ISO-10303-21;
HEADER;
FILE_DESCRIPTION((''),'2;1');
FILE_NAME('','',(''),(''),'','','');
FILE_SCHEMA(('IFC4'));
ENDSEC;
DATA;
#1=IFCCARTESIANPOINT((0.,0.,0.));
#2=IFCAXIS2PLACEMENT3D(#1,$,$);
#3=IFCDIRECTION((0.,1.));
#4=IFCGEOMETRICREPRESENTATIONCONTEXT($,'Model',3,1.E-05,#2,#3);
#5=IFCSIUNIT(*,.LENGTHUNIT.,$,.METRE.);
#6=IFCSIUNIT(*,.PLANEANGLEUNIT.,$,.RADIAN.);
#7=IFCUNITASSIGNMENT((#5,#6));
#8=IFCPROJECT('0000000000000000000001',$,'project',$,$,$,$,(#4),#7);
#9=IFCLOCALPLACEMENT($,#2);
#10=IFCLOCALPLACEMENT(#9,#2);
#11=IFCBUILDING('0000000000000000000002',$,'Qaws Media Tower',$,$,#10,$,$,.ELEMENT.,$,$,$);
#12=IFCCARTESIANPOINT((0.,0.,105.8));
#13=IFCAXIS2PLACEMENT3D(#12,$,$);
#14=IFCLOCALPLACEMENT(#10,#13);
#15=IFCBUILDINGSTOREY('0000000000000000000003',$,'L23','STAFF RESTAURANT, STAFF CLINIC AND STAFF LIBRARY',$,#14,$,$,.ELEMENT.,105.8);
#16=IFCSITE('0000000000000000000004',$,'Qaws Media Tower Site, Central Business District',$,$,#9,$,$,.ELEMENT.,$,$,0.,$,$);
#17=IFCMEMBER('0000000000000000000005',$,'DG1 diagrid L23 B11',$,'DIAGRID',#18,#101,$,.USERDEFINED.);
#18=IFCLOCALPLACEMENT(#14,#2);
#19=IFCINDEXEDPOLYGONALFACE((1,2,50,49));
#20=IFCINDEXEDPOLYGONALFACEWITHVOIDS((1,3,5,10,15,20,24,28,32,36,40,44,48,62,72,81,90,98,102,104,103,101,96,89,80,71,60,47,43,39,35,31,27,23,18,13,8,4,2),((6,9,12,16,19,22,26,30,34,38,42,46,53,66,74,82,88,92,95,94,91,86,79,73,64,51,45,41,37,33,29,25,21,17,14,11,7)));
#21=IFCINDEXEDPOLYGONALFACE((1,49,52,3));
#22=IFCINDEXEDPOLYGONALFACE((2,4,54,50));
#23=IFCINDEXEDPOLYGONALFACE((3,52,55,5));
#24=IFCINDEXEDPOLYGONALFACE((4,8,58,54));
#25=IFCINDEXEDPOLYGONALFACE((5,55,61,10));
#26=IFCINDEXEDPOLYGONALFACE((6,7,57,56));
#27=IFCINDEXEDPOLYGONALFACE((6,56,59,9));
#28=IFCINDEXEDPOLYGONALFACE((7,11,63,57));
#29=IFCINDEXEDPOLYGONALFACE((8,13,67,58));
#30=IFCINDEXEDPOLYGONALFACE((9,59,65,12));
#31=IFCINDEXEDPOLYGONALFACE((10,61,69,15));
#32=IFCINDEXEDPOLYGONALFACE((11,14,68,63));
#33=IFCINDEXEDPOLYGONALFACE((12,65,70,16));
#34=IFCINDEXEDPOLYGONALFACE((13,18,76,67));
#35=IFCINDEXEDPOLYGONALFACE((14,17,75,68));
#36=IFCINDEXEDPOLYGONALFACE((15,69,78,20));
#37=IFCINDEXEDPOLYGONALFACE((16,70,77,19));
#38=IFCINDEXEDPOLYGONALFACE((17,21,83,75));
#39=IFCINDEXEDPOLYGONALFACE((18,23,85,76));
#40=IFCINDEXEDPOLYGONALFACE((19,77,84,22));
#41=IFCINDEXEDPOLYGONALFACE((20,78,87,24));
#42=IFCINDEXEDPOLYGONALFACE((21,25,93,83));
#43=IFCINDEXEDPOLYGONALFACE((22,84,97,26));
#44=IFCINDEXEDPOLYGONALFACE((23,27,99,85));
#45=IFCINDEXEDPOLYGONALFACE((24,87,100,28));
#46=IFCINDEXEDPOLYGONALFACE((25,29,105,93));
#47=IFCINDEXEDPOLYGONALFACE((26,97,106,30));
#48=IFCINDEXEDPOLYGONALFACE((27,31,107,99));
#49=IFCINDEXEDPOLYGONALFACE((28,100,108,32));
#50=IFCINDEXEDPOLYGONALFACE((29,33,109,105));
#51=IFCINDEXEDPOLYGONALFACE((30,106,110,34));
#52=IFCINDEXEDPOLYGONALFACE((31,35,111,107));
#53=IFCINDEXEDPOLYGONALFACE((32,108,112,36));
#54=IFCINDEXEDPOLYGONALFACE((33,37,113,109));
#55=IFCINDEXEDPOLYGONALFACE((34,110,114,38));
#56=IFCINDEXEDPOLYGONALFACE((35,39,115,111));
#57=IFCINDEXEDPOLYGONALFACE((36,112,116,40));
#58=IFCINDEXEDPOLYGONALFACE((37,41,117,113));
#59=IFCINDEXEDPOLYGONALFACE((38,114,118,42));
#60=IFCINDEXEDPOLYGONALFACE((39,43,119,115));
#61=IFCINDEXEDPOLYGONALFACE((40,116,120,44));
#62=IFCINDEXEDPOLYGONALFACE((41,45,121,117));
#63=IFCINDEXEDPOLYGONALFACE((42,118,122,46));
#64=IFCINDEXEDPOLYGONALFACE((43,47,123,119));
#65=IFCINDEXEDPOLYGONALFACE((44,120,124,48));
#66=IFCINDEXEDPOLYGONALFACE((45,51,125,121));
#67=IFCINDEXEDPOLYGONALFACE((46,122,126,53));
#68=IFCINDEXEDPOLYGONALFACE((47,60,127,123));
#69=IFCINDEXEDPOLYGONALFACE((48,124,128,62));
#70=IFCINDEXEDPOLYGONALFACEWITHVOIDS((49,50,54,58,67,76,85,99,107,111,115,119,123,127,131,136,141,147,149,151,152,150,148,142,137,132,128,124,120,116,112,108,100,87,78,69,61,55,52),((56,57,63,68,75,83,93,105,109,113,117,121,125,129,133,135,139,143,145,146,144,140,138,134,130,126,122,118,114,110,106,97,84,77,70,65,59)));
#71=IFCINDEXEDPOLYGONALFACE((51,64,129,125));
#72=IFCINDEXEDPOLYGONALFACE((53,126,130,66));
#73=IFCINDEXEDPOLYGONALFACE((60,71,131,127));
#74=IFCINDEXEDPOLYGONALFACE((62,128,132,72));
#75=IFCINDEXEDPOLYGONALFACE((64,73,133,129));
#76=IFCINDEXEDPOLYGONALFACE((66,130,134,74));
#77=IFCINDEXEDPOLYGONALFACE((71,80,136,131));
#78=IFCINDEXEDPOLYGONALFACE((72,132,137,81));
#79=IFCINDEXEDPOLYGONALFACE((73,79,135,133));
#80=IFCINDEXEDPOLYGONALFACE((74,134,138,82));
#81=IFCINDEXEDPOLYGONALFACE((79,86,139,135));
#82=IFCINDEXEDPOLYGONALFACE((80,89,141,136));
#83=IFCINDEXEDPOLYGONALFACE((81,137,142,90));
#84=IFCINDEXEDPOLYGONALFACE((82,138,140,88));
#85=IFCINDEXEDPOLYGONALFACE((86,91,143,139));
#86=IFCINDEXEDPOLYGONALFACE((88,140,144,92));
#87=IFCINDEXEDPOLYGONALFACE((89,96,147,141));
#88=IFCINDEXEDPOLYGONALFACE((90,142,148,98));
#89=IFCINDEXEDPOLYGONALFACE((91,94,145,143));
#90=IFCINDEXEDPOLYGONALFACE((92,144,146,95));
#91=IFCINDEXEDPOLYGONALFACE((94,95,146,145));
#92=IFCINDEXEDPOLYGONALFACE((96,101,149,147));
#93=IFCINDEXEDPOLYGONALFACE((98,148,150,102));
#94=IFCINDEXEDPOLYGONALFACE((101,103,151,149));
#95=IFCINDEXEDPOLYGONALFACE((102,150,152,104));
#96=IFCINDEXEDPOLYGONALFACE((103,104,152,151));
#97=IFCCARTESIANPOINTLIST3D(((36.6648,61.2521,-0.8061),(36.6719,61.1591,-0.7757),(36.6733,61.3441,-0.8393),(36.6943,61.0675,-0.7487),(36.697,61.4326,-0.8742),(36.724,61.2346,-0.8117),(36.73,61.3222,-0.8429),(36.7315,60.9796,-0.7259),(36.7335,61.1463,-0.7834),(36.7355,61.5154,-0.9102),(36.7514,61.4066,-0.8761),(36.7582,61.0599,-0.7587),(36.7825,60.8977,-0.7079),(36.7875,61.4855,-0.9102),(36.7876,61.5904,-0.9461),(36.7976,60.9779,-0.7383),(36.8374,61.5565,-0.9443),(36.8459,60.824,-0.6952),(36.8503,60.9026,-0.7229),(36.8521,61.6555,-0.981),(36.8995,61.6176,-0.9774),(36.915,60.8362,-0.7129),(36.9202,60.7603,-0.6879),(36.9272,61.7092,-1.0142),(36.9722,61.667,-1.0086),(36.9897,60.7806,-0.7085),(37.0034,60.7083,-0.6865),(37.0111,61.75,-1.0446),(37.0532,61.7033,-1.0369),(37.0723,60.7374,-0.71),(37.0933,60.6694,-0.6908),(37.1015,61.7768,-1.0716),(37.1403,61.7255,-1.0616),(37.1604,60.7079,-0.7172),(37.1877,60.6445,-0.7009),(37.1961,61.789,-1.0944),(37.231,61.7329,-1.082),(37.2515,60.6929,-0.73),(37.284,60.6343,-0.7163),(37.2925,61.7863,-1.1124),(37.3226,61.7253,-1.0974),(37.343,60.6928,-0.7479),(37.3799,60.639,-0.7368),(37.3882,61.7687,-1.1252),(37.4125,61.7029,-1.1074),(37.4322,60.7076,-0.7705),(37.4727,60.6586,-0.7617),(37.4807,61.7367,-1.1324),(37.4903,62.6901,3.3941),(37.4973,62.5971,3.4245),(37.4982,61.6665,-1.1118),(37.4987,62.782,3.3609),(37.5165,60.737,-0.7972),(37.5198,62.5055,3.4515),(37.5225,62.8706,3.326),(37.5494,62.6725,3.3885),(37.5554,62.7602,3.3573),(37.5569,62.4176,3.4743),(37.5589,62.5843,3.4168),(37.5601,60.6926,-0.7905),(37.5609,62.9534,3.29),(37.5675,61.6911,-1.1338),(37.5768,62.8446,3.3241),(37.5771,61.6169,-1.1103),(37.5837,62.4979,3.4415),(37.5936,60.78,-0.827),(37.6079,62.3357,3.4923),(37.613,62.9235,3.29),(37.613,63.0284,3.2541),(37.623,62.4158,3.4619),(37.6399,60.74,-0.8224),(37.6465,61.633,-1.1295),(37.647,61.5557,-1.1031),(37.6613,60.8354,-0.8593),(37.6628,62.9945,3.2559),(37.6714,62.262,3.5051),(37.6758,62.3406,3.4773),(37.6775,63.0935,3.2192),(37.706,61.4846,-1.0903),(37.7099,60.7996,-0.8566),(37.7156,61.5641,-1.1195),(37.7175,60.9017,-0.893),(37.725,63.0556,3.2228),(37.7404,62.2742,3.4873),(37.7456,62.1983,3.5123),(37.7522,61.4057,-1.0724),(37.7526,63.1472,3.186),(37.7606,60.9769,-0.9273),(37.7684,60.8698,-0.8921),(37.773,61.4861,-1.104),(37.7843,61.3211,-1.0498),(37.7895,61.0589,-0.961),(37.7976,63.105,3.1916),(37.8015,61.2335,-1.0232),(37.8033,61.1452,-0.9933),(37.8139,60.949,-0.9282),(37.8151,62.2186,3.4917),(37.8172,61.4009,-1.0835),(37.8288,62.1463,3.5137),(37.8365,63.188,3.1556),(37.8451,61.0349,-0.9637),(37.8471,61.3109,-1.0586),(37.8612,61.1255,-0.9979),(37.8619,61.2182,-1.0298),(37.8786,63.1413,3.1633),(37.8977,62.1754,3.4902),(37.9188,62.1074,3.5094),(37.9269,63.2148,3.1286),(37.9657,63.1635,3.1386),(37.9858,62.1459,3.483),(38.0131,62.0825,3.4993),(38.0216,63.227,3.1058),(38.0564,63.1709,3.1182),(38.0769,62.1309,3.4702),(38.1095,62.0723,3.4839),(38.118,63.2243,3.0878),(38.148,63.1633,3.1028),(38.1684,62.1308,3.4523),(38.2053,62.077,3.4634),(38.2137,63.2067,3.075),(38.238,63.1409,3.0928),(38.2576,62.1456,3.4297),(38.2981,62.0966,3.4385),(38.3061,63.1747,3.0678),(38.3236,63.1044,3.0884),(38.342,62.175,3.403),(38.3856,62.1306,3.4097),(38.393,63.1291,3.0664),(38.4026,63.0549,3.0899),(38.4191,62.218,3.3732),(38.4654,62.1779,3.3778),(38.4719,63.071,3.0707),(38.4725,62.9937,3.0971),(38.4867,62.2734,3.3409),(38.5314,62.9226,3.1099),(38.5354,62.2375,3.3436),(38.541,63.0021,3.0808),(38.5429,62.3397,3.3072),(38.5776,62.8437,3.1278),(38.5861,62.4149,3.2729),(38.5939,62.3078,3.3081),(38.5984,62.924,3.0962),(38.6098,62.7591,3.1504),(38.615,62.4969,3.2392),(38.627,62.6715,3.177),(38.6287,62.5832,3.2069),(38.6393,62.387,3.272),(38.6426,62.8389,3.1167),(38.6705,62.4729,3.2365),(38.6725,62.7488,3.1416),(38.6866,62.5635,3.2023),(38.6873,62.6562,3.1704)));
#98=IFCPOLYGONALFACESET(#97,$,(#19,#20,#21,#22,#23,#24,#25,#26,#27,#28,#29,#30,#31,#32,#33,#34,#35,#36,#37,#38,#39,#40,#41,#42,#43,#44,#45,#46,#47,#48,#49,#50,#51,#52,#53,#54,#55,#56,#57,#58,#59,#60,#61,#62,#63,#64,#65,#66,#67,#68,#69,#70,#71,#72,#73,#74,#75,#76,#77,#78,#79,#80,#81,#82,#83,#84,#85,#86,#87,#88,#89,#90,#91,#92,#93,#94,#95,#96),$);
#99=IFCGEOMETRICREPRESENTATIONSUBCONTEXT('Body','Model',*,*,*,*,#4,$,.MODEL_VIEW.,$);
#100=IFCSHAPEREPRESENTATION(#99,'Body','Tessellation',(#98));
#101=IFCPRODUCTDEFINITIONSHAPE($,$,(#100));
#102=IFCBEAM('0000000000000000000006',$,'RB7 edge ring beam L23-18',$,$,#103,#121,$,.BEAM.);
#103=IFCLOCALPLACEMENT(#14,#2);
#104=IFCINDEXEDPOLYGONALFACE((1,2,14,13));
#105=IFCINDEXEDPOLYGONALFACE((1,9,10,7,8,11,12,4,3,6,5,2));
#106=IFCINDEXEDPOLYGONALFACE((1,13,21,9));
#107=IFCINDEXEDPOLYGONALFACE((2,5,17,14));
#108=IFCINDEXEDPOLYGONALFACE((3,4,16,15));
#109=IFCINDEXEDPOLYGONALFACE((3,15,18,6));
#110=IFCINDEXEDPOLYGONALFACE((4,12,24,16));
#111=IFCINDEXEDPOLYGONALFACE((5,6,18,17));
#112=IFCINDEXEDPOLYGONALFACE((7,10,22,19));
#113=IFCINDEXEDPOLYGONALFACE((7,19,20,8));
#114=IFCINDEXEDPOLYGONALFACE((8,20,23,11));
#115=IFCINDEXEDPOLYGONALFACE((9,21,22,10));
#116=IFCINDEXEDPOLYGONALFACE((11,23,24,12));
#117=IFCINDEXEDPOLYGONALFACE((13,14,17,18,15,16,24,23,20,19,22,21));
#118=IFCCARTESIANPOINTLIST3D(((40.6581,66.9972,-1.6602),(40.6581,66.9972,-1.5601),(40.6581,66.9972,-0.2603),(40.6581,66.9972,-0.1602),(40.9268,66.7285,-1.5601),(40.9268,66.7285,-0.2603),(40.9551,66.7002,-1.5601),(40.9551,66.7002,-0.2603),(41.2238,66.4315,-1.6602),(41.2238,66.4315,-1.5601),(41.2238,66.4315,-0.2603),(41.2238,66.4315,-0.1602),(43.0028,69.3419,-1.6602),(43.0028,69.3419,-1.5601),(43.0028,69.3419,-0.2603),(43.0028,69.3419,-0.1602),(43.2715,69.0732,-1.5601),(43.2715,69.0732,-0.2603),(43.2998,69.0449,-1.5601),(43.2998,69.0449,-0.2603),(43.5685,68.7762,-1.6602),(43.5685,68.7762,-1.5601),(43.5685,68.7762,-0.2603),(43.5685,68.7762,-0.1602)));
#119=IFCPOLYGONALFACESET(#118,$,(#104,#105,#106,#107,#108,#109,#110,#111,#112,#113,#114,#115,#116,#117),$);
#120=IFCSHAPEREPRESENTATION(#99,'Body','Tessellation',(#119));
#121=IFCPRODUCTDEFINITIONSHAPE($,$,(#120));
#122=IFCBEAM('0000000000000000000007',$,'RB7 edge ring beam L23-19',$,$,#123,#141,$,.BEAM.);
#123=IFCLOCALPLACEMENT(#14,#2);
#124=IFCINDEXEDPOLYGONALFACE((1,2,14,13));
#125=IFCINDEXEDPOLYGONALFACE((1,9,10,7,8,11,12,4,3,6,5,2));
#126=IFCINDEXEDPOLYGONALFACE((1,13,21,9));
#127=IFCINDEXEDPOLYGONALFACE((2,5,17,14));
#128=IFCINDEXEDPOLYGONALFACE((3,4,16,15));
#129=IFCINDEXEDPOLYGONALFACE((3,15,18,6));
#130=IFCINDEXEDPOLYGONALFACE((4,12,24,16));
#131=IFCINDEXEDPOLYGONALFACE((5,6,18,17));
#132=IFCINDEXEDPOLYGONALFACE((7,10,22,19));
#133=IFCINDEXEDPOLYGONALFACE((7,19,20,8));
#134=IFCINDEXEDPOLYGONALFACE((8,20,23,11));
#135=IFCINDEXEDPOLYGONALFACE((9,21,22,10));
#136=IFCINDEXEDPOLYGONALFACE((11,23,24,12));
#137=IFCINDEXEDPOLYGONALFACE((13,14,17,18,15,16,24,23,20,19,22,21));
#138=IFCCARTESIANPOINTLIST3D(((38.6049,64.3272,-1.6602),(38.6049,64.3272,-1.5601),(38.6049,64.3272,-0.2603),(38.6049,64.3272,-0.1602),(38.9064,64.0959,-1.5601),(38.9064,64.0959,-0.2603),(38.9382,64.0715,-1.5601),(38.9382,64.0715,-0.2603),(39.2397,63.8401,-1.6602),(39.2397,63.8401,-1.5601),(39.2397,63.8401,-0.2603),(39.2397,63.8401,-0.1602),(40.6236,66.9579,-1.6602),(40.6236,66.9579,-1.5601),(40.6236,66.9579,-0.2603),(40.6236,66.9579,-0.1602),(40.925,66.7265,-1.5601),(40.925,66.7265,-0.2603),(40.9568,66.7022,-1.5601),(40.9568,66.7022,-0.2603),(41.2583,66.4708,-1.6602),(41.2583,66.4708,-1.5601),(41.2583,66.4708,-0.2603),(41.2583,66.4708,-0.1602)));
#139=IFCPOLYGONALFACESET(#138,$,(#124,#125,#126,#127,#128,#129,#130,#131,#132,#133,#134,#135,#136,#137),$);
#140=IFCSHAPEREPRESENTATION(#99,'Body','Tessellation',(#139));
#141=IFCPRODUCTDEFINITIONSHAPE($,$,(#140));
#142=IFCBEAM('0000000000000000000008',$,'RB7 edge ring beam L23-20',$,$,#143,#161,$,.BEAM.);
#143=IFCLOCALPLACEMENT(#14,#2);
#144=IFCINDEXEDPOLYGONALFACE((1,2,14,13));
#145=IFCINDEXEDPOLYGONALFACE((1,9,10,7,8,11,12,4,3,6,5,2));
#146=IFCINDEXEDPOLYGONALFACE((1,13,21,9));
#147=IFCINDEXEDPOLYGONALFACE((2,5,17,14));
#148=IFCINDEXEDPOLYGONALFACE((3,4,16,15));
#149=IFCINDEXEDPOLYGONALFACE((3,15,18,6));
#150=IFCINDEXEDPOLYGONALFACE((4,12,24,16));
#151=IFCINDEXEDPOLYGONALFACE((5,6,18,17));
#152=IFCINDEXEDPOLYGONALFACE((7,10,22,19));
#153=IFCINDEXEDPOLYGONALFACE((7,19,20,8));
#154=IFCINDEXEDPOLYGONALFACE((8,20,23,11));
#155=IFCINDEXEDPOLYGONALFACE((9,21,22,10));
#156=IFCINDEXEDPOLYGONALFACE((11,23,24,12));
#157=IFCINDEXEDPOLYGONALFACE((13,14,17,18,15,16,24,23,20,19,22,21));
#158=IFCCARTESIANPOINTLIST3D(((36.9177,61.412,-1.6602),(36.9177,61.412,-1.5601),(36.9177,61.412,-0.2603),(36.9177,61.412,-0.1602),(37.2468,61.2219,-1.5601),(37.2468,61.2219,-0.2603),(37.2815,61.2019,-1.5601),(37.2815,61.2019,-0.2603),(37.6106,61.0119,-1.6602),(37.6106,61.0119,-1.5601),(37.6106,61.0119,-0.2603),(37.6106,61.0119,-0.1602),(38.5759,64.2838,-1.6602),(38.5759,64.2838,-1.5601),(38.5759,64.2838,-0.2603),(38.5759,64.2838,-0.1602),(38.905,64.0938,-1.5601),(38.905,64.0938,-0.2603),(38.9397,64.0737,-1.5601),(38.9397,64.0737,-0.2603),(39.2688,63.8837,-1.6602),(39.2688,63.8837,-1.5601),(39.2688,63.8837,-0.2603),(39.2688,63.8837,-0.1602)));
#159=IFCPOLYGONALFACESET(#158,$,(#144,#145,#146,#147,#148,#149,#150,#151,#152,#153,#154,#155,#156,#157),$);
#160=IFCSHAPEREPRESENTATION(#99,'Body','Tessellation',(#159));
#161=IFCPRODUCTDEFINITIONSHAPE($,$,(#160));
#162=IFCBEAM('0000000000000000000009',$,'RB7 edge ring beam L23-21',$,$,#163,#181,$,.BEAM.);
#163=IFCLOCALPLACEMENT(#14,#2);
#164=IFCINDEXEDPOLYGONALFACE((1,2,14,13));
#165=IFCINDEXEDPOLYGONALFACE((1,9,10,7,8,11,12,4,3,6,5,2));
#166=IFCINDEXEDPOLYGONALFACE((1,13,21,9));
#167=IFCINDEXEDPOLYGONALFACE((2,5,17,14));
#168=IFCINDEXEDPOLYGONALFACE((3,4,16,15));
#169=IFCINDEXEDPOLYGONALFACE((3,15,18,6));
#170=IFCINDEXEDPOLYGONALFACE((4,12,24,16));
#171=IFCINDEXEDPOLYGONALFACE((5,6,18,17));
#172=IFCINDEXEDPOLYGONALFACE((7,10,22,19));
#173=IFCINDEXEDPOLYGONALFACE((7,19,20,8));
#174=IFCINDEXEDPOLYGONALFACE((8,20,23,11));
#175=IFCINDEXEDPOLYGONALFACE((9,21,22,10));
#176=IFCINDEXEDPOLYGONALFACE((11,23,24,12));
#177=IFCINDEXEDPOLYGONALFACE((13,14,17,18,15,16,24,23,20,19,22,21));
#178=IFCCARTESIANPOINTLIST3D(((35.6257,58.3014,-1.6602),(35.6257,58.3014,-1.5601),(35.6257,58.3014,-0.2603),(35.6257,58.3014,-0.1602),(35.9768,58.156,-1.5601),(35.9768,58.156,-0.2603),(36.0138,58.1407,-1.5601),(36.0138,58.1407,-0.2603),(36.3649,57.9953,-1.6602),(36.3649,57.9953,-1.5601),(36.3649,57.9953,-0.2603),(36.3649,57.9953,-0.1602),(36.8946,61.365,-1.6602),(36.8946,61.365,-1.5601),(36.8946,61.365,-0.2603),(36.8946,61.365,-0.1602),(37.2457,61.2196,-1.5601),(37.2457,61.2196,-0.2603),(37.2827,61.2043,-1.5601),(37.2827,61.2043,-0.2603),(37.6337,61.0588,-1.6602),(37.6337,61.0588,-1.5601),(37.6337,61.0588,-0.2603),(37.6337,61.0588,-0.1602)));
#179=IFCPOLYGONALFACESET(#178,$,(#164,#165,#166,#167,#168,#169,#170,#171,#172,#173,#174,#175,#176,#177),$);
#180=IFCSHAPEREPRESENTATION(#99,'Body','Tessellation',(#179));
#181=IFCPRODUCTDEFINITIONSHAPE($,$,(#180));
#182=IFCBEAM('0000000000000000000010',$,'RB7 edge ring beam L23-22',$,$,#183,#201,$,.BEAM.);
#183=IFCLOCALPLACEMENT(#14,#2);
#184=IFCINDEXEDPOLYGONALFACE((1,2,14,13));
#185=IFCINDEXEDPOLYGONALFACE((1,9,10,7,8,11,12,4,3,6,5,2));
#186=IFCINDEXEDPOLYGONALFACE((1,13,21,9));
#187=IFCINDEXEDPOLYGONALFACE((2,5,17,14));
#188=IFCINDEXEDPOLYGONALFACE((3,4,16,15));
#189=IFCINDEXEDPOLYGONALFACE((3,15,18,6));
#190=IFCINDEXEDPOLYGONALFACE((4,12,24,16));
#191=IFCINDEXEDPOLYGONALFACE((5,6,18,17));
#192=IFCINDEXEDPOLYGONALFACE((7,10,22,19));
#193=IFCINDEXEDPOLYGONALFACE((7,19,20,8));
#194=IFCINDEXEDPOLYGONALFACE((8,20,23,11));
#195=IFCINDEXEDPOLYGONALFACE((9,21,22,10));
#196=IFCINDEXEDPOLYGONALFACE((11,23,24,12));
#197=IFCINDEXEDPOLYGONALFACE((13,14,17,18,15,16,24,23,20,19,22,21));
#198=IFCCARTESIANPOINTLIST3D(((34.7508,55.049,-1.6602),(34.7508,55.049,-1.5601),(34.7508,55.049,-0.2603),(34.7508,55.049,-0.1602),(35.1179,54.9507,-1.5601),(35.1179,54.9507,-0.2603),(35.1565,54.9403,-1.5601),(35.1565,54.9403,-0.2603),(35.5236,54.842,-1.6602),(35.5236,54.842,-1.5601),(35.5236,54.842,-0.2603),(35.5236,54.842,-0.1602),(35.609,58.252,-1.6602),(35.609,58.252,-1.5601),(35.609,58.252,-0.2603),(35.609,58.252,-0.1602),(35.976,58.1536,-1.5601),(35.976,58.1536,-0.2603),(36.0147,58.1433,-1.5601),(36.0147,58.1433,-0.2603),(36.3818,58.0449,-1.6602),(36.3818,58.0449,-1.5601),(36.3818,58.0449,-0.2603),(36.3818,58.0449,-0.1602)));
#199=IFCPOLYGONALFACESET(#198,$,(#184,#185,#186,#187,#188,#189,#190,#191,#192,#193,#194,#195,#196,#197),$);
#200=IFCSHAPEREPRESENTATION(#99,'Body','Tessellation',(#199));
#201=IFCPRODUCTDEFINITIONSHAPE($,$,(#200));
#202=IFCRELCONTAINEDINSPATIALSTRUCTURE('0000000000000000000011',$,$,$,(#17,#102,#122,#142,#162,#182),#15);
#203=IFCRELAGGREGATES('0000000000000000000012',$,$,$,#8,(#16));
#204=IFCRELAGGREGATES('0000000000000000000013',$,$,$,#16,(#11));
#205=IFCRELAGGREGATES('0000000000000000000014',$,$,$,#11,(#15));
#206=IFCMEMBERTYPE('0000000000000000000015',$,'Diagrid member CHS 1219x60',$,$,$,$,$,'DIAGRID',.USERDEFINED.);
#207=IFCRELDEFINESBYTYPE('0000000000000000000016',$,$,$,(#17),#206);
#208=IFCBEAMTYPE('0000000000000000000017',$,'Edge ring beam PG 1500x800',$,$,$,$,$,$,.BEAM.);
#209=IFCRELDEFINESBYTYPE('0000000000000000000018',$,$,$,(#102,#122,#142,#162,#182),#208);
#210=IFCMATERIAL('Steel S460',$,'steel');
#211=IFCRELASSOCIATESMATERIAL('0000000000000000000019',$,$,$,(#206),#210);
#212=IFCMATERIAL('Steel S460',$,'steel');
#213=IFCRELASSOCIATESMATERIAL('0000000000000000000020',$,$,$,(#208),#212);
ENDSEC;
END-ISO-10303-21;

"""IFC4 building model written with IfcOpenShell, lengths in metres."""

from ifc_helpers import new_model, si_unit, direction, frame, origin, origin_2d, place, context, subcontext, project, spatial, hollow_circle, i_section, extrude, material, material_profile, profile_set, type_object, element, save


model = new_model("IFC4")

# Units and contexts
model_context = context("Model", 3, precision=1e-05, world=origin(), true_north=direction((0.0, 1.0)))
body_context = subcontext(model_context, "Body", "Model", "MODEL_VIEW")
ifc_project = project(units=[si_unit("LENGTHUNIT", "METRE"), si_unit("PLANEANGLEUNIT", "RADIAN")], contexts=[model_context])

# Site, building, storey
site_placement = place(None, origin())
site = spatial("IfcSite", under=ifc_project, at=site_placement, Name="Qaws Media Tower Site, Central Business District", CompositionType="ELEMENT", RefElevation=0.0)
building_placement = place(site_placement, origin())
building = spatial("IfcBuilding", under=site, at=building_placement, Name="Qaws Media Tower", CompositionType="ELEMENT")
storey_placement = place(building_placement, frame((0.0, 0.0, 105.8)))
storey = spatial("IfcBuildingStorey", under=building, at=storey_placement, Name="L23", Description="STAFF RESTAURANT, STAFF CLINIC AND STAFF LIBRARY", CompositionType="ELEMENT", Elevation=105.8)

# Member
ifc_material_1 = material(Name="Steel S460", Category="steel")
ifc_material_profile_1 = material_profile(ifc_material_1, hollow_circle(Radius=0.6096, WallThickness=0.0601, at=origin_2d()), Name="CHS 1219x60")
ifc_profile_set_1 = profile_set([ifc_material_profile_1], Name="Steel S460")
member_type_1 = type_object("IfcMemberType", Name="Diagrid member CHS 1219x60", ElementType="DIAGRID", PredefinedType="USERDEFINED", material=ifc_profile_set_1)
for number, where, z_axis, x_axis, name in (
    (1, (37.2642, 61.2119, -0.9102), (0.182797, 0.318448, 0.930149), (-0.867272, 0.497835, 0.0), "DG1 diagrid L23 B11"),
):
    element("IfcMember", number, at=place(storey_placement, frame(where, z_axis=z_axis, x_axis=x_axis)), inside=storey, type_object=member_type_1, Name=name, ObjectType="DIAGRID", PredefinedType="USERDEFINED", context=body_context, shape_type="SweptSolid", body=[
        extrude(hollow_circle(Radius=0.6096, WallThickness=0.0601, at=origin_2d()), origin(), (0.0, 0.0, 1.0), 4.5156),
    ])

# Beams
ifc_material_2 = material(Name="Steel S460", Category="steel")
ifc_material_profile_2 = material_profile(ifc_material_2, i_section(OverallWidth=0.8, OverallDepth=1.5, WebThickness=0.04, FlangeThickness=0.1001, at=origin_2d()), Name="PG 1500x800")
ifc_profile_set_2 = profile_set([ifc_material_profile_2], Name="Steel S460")
beam_type = type_object("IfcBeamType", Name="Edge ring beam PG 1500x800", PredefinedType="BEAM", material=ifc_profile_set_2)
for number, where, z_axis, x_axis, name in (
    (2, (43.2856, 69.0591, -0.9102), (-0.707107, -0.707107, 0.0), (0.707107, -0.707107, 0.0), "RB7 edge ring beam L23-18"),
    (3, (40.9409, 66.7144, -0.9102), (-0.608764, -0.793352, 0.0), (0.793352, -0.608764, 0.0), "RB7 edge ring beam L23-19"),
):
    element("IfcBeam", number, at=place(storey_placement, frame(where, z_axis=z_axis, x_axis=x_axis)), inside=storey, type_object=beam_type, Name=name, PredefinedType="BEAM", context=body_context, shape_type="SweptSolid", body=[
        extrude(i_section(OverallWidth=0.8, OverallDepth=1.5, WebThickness=0.04, FlangeThickness=0.1001, at=origin_2d()), origin(), (0.0, 0.0, 1.0), 3.3159),
    ])
beam_placement = place(storey_placement, frame((38.9224, 64.0837, -0.9102), z_axis=(-0.500035, -0.866005, 0.0), x_axis=(0.866005, -0.500035, 0.0)))
element("IfcBeam", 4, at=beam_placement, inside=storey, type_object=beam_type, Name="RB7 edge ring beam L23-20", PredefinedType="BEAM", context=body_context, shape_type="SweptSolid", body=[
    extrude(i_section(OverallWidth=0.8, OverallDepth=1.5, WebThickness=0.04, FlangeThickness=0.1001, at=origin_2d()), origin(), (0.0, 0.0, 1.0), 3.3162),
])
for number, where, z_axis, x_axis, name in (
    (5, (37.2642, 61.2119, -0.9102), (-0.382649, -0.923894, 0.0), (0.923894, -0.382649, 0.0), "RB7 edge ring beam L23-21"),
    (6, (35.9954, 58.1484, -0.9102), (-0.258804, -0.96593, 0.0), (0.96593, -0.258804, 0.0), "RB7 edge ring beam L23-22"),
):
    element("IfcBeam", number, at=place(storey_placement, frame(where, z_axis=z_axis, x_axis=x_axis)), inside=storey, type_object=beam_type, Name=name, PredefinedType="BEAM", context=body_context, shape_type="SweptSolid", body=[
        extrude(i_section(OverallWidth=0.8, OverallDepth=1.5, WebThickness=0.04, FlangeThickness=0.1001, at=origin_2d()), origin(), (0.0, 0.0, 1.0), 3.3159),
    ])

save(model, "model.ifc")
